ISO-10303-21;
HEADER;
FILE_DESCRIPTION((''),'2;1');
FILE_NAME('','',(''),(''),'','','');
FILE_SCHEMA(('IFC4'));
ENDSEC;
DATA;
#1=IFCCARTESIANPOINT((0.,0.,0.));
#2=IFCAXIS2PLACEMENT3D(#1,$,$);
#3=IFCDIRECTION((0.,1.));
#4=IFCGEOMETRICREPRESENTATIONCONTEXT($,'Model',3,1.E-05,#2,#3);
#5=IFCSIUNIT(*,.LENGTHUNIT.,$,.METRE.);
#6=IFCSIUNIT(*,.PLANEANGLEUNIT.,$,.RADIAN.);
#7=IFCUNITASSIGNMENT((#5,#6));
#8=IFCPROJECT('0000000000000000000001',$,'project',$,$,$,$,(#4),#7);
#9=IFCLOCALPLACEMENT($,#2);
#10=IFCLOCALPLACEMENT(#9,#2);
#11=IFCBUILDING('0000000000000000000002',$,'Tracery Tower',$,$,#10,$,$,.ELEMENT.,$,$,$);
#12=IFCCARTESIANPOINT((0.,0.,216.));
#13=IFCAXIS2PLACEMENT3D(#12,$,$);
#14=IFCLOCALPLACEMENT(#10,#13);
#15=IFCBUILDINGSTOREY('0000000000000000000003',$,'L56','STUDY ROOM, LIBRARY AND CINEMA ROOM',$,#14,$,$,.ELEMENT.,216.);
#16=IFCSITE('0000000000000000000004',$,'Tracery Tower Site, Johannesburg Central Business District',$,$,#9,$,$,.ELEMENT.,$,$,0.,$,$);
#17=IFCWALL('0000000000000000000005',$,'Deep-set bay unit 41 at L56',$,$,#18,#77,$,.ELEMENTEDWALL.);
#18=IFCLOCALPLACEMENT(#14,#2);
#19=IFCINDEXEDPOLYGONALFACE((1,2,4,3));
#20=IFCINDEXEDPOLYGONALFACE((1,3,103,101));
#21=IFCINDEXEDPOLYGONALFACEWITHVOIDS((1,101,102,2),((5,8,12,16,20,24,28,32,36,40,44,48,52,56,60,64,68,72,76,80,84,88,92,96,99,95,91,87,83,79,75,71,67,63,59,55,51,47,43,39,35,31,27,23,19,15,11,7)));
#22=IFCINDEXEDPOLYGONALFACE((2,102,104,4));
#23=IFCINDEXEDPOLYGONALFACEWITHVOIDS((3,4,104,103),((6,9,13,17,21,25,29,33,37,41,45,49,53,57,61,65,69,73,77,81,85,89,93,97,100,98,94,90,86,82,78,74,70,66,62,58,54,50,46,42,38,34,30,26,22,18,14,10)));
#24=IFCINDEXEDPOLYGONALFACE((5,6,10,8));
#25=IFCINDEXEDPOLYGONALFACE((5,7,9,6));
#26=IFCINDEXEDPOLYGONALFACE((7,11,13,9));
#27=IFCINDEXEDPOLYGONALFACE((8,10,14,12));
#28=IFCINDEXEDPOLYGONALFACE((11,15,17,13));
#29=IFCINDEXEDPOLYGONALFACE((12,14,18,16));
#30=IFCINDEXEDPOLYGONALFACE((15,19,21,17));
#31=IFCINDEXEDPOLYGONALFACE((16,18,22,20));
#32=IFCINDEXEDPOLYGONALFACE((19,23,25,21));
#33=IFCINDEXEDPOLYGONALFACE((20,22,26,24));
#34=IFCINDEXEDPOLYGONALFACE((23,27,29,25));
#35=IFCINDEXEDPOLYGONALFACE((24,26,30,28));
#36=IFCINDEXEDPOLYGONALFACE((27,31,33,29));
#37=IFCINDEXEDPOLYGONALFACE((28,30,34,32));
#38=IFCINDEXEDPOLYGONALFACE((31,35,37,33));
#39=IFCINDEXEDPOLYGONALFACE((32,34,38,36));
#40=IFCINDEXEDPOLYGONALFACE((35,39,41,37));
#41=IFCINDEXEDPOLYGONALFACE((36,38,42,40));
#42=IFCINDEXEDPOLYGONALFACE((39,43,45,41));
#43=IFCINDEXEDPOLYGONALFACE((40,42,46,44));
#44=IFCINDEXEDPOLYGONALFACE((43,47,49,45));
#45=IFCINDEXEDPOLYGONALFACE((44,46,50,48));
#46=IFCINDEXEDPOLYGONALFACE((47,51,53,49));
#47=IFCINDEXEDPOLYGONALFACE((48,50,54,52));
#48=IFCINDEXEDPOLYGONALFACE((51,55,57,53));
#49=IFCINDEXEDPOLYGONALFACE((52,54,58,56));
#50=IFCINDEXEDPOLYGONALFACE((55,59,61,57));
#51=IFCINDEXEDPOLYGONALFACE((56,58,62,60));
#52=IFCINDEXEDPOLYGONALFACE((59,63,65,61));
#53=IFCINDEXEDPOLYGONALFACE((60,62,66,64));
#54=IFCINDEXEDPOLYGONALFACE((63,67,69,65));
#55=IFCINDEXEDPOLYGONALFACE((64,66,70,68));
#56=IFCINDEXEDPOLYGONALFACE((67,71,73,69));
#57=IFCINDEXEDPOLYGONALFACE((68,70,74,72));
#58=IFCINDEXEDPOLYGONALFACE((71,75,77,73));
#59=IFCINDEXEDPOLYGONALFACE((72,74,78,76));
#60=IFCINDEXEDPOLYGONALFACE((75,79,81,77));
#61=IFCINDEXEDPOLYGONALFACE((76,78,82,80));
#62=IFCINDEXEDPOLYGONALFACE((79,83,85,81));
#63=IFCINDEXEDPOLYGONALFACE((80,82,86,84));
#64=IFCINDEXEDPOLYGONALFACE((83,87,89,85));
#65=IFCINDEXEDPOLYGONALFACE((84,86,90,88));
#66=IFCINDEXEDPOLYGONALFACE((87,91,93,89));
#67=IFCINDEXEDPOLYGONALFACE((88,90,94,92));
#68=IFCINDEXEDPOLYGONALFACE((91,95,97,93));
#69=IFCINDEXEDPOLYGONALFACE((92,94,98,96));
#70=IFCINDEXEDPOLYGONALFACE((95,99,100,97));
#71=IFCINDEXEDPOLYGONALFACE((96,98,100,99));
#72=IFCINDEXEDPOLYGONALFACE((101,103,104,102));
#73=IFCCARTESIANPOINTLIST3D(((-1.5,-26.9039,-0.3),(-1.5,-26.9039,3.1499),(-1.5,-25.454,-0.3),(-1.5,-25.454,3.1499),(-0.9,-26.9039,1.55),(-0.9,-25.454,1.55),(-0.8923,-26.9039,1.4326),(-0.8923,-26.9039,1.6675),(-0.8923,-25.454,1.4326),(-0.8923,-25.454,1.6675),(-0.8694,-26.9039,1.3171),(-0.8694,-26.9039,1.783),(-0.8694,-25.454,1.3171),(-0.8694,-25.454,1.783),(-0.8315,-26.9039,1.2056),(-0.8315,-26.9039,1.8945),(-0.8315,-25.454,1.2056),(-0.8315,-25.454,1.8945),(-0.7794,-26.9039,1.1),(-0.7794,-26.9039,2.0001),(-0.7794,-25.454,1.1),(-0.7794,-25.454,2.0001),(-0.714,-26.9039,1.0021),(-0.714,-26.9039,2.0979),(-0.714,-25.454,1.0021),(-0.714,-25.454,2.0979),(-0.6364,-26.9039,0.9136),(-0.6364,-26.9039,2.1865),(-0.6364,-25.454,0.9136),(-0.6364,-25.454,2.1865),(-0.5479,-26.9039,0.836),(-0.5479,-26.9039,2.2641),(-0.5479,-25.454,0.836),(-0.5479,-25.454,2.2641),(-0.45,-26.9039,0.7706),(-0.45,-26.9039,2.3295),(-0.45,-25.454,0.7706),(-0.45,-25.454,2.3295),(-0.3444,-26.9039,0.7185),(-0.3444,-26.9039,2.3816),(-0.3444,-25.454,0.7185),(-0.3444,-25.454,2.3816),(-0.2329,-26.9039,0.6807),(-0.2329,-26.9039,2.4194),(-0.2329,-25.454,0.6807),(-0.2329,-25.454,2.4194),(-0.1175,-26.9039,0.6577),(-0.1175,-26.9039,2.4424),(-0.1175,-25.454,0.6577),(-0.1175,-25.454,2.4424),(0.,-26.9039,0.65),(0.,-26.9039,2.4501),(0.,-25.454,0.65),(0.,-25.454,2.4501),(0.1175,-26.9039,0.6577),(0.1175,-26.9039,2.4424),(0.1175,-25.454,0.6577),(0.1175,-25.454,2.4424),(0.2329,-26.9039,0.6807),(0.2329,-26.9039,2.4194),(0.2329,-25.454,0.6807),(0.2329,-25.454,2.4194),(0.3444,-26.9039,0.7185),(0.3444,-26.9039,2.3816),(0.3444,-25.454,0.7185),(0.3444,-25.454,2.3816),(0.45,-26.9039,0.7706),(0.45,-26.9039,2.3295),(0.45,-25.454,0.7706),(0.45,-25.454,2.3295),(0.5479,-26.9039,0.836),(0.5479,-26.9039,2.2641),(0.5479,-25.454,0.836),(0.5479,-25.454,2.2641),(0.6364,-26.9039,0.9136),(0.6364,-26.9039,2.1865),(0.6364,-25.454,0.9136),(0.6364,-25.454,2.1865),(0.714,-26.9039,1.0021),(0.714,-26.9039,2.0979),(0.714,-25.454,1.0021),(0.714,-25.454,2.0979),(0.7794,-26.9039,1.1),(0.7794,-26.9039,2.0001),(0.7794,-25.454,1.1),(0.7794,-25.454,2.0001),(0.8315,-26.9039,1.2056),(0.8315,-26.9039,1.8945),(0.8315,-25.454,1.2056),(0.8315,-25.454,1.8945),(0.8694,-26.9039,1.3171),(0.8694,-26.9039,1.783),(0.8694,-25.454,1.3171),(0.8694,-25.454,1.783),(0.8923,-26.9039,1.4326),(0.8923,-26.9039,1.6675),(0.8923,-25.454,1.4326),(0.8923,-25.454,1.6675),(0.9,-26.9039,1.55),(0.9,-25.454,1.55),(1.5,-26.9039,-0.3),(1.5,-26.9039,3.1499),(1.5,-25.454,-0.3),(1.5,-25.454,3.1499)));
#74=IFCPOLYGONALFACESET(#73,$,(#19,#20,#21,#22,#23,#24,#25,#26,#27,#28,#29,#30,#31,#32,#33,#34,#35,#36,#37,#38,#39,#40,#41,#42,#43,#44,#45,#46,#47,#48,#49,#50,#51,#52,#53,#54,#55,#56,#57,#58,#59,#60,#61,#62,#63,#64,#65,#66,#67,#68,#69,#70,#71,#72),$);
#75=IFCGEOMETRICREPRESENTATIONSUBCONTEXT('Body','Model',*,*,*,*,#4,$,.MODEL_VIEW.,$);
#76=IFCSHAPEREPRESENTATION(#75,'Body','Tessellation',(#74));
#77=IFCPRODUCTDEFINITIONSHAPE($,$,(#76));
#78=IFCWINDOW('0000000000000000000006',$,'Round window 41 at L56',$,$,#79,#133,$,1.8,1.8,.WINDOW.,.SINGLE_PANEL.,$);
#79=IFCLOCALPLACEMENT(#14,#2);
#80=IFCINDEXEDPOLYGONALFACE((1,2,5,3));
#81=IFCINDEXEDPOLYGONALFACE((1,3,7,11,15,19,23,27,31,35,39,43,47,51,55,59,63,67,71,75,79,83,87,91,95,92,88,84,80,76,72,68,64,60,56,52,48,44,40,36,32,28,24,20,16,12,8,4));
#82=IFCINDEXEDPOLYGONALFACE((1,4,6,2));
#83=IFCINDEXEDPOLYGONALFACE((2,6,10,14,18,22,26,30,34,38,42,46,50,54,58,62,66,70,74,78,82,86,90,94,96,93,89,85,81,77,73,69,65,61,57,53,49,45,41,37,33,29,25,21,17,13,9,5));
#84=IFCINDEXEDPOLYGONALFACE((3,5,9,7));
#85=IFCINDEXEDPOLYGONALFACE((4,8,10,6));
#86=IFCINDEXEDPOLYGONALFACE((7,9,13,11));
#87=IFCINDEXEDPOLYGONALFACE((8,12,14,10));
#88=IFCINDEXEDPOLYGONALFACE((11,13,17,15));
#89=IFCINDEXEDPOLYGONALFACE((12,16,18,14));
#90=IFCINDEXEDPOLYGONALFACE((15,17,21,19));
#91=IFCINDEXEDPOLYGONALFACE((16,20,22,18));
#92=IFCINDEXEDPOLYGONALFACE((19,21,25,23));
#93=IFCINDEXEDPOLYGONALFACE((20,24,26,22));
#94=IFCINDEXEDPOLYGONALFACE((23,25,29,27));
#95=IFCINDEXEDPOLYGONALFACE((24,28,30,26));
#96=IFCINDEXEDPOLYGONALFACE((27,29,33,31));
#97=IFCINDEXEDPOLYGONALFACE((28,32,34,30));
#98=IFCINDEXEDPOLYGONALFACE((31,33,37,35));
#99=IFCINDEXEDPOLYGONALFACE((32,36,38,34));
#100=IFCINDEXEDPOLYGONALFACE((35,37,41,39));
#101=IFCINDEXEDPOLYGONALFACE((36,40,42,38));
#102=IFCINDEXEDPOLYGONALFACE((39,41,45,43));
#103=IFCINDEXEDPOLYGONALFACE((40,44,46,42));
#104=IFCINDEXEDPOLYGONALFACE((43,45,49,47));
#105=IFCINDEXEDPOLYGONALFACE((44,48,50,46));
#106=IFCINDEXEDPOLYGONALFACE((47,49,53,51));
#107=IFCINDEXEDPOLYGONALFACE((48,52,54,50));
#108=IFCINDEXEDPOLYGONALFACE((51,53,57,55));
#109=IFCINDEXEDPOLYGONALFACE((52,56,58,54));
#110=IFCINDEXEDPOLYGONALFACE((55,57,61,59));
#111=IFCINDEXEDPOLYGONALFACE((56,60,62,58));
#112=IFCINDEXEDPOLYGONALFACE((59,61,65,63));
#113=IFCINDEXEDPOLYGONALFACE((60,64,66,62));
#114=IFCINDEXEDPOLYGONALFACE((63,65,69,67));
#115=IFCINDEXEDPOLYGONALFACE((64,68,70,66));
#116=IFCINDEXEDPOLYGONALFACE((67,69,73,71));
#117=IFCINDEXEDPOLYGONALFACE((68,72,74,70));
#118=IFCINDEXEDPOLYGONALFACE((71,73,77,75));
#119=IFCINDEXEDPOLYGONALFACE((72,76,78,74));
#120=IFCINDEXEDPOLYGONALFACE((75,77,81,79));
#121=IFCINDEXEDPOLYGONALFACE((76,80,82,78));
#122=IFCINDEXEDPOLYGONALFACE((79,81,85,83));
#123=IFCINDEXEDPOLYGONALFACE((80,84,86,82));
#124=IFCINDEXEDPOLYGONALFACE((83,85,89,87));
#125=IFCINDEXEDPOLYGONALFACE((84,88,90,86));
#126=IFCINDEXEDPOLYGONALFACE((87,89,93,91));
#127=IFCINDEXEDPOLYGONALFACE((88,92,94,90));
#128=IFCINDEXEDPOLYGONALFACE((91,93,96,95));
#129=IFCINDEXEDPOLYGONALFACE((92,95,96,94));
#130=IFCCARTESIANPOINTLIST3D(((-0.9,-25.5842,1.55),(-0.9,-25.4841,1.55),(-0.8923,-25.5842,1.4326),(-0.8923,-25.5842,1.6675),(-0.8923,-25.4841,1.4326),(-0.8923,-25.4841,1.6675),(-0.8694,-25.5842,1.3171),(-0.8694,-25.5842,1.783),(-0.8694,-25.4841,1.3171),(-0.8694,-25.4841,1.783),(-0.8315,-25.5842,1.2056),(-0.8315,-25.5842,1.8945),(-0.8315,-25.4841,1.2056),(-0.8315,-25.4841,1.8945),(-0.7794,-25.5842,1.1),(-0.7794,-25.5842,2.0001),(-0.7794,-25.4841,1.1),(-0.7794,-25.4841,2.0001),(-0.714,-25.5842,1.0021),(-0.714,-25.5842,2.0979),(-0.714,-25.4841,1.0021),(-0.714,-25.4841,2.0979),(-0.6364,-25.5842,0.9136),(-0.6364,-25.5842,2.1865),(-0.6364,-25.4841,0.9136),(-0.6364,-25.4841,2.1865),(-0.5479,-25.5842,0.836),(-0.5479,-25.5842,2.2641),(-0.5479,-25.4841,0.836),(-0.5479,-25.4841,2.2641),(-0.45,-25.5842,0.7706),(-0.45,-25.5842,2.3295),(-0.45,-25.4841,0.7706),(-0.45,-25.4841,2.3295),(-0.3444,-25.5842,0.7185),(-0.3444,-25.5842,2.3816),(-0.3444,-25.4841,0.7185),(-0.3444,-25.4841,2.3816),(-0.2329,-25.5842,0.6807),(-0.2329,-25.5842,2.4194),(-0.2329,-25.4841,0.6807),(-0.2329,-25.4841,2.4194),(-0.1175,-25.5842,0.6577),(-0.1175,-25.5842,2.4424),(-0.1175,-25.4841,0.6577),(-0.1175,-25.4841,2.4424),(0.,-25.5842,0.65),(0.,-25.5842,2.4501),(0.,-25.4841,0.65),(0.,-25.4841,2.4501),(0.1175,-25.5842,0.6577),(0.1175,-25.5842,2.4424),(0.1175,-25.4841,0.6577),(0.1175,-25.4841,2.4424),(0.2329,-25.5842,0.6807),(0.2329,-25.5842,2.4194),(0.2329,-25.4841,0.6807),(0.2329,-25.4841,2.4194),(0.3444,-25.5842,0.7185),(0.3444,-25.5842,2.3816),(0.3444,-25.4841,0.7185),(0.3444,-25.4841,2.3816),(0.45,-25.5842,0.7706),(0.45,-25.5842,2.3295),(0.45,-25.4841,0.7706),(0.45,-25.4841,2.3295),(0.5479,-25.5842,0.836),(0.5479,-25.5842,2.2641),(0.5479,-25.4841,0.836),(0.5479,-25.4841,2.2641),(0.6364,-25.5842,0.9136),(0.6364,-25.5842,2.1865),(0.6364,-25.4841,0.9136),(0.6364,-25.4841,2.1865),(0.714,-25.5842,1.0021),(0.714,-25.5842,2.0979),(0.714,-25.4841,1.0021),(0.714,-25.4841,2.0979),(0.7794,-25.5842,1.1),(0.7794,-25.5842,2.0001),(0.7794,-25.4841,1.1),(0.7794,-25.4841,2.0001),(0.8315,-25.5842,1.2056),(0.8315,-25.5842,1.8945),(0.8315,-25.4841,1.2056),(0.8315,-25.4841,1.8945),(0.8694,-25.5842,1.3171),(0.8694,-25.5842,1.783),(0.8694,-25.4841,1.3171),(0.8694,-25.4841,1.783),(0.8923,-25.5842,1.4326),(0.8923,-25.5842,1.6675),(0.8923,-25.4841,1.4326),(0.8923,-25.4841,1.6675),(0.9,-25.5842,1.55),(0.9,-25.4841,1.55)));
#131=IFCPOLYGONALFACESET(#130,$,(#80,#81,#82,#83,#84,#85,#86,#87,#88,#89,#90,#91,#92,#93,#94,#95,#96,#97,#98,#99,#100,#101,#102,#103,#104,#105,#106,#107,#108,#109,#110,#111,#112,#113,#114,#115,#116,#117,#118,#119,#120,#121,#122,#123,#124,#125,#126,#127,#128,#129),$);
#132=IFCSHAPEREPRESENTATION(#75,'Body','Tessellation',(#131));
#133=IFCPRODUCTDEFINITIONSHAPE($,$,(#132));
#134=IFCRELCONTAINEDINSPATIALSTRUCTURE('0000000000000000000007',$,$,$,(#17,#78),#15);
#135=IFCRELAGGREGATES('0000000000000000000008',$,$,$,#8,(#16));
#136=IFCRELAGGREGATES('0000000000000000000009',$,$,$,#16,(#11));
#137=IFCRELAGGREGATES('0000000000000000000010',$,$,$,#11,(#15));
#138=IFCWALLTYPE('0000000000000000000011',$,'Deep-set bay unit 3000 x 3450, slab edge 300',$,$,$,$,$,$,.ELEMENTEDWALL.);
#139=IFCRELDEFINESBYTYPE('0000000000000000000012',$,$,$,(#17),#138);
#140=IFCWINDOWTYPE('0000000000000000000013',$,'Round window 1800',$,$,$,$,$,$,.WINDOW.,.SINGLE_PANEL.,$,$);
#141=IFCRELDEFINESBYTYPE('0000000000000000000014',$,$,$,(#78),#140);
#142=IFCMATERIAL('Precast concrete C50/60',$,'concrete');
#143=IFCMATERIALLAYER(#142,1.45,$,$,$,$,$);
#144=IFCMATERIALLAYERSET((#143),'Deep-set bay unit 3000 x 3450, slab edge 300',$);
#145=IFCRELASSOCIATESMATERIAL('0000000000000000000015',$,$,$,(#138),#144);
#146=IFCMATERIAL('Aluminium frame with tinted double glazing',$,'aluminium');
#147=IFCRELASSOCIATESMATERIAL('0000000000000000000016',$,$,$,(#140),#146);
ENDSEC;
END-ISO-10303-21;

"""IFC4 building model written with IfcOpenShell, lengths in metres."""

from ifc_helpers import new_model, si_unit, direction, frame, frame_2d, origin, origin_2d, place, context, subcontext, project, spatial, rectangle, circle, extrude, material, layer, layer_set, type_object, element, fill, save


model = new_model("IFC4")

# Units and contexts
model_context = context("Model", 3, precision=1e-05, world=origin(), true_north=direction((0.0, 1.0)))
body_context = subcontext(model_context, "Body", "Model", "MODEL_VIEW")
ifc_project = project(units=[si_unit("LENGTHUNIT", "METRE"), si_unit("PLANEANGLEUNIT", "RADIAN")], contexts=[model_context])

# Site, building, storey
site_placement = place(None, origin())
site = spatial("IfcSite", under=ifc_project, at=site_placement, Name="Tracery Tower Site, Johannesburg Central Business District", CompositionType="ELEMENT", RefElevation=0.0)
building_placement = place(site_placement, origin())
building = spatial("IfcBuilding", under=site, at=building_placement, Name="Tracery Tower", CompositionType="ELEMENT")
storey_placement = place(building_placement, frame((0.0, 0.0, 216.0)))
storey = spatial("IfcBuildingStorey", under=building, at=storey_placement, Name="L56", Description="STUDY ROOM, LIBRARY AND CINEMA ROOM", CompositionType="ELEMENT", Elevation=216.0)

# Wall, opening, window
ifc_material_1 = material(Name="Precast concrete C50/60", Category="concrete")
ifc_layer_1 = layer(ifc_material_1, 1.45)
ifc_layer_set_1 = layer_set([ifc_layer_1], Name="Deep-set bay unit 3000 x 3450, slab edge 300")
wall_type_1 = type_object("IfcWallType", Name="Deep-set bay unit 3000 x 3450, slab edge 300", PredefinedType="ELEMENTEDWALL", material=ifc_layer_set_1)
ifc_material_2 = material(Name="Aluminium frame with tinted double glazing", Category="aluminium")
window_type = type_object("IfcWindowType", Name="Round window 1800", PartitioningType="SINGLE_PANEL", PredefinedType="WINDOW", material=ifc_material_2)
wall_1_placement = place(storey_placement, frame((-1.5, -26.179, -0.3), z_axis=(0.0, 0.0, 1.0), x_axis=(1.0, 0.0, 0.0)))
wall_1 = element("IfcWall", 1, at=wall_1_placement, inside=storey, type_object=wall_type_1, Name="Deep-set bay unit 41 at L56", PredefinedType="ELEMENTEDWALL", context=body_context, shape_type="SweptSolid", body=[
    extrude(rectangle(XDim=3.0, YDim=1.45, at=frame_2d((1.5, 0.0))), origin(), (0.0, 0.0, 1.0), 3.45),
])
opening_1_placement = place(wall_1_placement, frame((1.5, 0.0, 1.8501)))
opening_1 = element("IfcOpeningElement", 2, at=opening_1_placement, cuts=wall_1, PredefinedType="OPENING", context=body_context, shape_type="SweptSolid", body=[
    extrude(circle(Radius=0.9, at=origin_2d()), frame((0.0, 0.7349, 0.0), z_axis=(0.0, -1.0, 0.0), x_axis=(1.0, 0.0, 0.0)), (0.0, 0.0, 1.0), 1.47),
])
window_1_placement = place(opening_1_placement, origin())
window_1 = element("IfcWindow", 3, at=window_1_placement, inside=storey, type_object=window_type, Name="Round window 41 at L56", OverallHeight=1.8, OverallWidth=1.8, PartitioningType="SINGLE_PANEL", PredefinedType="WINDOW", context=body_context, shape_type="SweptSolid", body=[
    extrude(circle(Radius=0.9, at=origin_2d()), frame((0.0, 0.6948, 0.0), z_axis=(0.0, -1.0, 0.0), x_axis=(1.0, 0.0, 0.0)), (0.0, 0.0, 1.0), 0.1001),
])
fill(opening_1, window_1)

save(model, "model.ifc")
